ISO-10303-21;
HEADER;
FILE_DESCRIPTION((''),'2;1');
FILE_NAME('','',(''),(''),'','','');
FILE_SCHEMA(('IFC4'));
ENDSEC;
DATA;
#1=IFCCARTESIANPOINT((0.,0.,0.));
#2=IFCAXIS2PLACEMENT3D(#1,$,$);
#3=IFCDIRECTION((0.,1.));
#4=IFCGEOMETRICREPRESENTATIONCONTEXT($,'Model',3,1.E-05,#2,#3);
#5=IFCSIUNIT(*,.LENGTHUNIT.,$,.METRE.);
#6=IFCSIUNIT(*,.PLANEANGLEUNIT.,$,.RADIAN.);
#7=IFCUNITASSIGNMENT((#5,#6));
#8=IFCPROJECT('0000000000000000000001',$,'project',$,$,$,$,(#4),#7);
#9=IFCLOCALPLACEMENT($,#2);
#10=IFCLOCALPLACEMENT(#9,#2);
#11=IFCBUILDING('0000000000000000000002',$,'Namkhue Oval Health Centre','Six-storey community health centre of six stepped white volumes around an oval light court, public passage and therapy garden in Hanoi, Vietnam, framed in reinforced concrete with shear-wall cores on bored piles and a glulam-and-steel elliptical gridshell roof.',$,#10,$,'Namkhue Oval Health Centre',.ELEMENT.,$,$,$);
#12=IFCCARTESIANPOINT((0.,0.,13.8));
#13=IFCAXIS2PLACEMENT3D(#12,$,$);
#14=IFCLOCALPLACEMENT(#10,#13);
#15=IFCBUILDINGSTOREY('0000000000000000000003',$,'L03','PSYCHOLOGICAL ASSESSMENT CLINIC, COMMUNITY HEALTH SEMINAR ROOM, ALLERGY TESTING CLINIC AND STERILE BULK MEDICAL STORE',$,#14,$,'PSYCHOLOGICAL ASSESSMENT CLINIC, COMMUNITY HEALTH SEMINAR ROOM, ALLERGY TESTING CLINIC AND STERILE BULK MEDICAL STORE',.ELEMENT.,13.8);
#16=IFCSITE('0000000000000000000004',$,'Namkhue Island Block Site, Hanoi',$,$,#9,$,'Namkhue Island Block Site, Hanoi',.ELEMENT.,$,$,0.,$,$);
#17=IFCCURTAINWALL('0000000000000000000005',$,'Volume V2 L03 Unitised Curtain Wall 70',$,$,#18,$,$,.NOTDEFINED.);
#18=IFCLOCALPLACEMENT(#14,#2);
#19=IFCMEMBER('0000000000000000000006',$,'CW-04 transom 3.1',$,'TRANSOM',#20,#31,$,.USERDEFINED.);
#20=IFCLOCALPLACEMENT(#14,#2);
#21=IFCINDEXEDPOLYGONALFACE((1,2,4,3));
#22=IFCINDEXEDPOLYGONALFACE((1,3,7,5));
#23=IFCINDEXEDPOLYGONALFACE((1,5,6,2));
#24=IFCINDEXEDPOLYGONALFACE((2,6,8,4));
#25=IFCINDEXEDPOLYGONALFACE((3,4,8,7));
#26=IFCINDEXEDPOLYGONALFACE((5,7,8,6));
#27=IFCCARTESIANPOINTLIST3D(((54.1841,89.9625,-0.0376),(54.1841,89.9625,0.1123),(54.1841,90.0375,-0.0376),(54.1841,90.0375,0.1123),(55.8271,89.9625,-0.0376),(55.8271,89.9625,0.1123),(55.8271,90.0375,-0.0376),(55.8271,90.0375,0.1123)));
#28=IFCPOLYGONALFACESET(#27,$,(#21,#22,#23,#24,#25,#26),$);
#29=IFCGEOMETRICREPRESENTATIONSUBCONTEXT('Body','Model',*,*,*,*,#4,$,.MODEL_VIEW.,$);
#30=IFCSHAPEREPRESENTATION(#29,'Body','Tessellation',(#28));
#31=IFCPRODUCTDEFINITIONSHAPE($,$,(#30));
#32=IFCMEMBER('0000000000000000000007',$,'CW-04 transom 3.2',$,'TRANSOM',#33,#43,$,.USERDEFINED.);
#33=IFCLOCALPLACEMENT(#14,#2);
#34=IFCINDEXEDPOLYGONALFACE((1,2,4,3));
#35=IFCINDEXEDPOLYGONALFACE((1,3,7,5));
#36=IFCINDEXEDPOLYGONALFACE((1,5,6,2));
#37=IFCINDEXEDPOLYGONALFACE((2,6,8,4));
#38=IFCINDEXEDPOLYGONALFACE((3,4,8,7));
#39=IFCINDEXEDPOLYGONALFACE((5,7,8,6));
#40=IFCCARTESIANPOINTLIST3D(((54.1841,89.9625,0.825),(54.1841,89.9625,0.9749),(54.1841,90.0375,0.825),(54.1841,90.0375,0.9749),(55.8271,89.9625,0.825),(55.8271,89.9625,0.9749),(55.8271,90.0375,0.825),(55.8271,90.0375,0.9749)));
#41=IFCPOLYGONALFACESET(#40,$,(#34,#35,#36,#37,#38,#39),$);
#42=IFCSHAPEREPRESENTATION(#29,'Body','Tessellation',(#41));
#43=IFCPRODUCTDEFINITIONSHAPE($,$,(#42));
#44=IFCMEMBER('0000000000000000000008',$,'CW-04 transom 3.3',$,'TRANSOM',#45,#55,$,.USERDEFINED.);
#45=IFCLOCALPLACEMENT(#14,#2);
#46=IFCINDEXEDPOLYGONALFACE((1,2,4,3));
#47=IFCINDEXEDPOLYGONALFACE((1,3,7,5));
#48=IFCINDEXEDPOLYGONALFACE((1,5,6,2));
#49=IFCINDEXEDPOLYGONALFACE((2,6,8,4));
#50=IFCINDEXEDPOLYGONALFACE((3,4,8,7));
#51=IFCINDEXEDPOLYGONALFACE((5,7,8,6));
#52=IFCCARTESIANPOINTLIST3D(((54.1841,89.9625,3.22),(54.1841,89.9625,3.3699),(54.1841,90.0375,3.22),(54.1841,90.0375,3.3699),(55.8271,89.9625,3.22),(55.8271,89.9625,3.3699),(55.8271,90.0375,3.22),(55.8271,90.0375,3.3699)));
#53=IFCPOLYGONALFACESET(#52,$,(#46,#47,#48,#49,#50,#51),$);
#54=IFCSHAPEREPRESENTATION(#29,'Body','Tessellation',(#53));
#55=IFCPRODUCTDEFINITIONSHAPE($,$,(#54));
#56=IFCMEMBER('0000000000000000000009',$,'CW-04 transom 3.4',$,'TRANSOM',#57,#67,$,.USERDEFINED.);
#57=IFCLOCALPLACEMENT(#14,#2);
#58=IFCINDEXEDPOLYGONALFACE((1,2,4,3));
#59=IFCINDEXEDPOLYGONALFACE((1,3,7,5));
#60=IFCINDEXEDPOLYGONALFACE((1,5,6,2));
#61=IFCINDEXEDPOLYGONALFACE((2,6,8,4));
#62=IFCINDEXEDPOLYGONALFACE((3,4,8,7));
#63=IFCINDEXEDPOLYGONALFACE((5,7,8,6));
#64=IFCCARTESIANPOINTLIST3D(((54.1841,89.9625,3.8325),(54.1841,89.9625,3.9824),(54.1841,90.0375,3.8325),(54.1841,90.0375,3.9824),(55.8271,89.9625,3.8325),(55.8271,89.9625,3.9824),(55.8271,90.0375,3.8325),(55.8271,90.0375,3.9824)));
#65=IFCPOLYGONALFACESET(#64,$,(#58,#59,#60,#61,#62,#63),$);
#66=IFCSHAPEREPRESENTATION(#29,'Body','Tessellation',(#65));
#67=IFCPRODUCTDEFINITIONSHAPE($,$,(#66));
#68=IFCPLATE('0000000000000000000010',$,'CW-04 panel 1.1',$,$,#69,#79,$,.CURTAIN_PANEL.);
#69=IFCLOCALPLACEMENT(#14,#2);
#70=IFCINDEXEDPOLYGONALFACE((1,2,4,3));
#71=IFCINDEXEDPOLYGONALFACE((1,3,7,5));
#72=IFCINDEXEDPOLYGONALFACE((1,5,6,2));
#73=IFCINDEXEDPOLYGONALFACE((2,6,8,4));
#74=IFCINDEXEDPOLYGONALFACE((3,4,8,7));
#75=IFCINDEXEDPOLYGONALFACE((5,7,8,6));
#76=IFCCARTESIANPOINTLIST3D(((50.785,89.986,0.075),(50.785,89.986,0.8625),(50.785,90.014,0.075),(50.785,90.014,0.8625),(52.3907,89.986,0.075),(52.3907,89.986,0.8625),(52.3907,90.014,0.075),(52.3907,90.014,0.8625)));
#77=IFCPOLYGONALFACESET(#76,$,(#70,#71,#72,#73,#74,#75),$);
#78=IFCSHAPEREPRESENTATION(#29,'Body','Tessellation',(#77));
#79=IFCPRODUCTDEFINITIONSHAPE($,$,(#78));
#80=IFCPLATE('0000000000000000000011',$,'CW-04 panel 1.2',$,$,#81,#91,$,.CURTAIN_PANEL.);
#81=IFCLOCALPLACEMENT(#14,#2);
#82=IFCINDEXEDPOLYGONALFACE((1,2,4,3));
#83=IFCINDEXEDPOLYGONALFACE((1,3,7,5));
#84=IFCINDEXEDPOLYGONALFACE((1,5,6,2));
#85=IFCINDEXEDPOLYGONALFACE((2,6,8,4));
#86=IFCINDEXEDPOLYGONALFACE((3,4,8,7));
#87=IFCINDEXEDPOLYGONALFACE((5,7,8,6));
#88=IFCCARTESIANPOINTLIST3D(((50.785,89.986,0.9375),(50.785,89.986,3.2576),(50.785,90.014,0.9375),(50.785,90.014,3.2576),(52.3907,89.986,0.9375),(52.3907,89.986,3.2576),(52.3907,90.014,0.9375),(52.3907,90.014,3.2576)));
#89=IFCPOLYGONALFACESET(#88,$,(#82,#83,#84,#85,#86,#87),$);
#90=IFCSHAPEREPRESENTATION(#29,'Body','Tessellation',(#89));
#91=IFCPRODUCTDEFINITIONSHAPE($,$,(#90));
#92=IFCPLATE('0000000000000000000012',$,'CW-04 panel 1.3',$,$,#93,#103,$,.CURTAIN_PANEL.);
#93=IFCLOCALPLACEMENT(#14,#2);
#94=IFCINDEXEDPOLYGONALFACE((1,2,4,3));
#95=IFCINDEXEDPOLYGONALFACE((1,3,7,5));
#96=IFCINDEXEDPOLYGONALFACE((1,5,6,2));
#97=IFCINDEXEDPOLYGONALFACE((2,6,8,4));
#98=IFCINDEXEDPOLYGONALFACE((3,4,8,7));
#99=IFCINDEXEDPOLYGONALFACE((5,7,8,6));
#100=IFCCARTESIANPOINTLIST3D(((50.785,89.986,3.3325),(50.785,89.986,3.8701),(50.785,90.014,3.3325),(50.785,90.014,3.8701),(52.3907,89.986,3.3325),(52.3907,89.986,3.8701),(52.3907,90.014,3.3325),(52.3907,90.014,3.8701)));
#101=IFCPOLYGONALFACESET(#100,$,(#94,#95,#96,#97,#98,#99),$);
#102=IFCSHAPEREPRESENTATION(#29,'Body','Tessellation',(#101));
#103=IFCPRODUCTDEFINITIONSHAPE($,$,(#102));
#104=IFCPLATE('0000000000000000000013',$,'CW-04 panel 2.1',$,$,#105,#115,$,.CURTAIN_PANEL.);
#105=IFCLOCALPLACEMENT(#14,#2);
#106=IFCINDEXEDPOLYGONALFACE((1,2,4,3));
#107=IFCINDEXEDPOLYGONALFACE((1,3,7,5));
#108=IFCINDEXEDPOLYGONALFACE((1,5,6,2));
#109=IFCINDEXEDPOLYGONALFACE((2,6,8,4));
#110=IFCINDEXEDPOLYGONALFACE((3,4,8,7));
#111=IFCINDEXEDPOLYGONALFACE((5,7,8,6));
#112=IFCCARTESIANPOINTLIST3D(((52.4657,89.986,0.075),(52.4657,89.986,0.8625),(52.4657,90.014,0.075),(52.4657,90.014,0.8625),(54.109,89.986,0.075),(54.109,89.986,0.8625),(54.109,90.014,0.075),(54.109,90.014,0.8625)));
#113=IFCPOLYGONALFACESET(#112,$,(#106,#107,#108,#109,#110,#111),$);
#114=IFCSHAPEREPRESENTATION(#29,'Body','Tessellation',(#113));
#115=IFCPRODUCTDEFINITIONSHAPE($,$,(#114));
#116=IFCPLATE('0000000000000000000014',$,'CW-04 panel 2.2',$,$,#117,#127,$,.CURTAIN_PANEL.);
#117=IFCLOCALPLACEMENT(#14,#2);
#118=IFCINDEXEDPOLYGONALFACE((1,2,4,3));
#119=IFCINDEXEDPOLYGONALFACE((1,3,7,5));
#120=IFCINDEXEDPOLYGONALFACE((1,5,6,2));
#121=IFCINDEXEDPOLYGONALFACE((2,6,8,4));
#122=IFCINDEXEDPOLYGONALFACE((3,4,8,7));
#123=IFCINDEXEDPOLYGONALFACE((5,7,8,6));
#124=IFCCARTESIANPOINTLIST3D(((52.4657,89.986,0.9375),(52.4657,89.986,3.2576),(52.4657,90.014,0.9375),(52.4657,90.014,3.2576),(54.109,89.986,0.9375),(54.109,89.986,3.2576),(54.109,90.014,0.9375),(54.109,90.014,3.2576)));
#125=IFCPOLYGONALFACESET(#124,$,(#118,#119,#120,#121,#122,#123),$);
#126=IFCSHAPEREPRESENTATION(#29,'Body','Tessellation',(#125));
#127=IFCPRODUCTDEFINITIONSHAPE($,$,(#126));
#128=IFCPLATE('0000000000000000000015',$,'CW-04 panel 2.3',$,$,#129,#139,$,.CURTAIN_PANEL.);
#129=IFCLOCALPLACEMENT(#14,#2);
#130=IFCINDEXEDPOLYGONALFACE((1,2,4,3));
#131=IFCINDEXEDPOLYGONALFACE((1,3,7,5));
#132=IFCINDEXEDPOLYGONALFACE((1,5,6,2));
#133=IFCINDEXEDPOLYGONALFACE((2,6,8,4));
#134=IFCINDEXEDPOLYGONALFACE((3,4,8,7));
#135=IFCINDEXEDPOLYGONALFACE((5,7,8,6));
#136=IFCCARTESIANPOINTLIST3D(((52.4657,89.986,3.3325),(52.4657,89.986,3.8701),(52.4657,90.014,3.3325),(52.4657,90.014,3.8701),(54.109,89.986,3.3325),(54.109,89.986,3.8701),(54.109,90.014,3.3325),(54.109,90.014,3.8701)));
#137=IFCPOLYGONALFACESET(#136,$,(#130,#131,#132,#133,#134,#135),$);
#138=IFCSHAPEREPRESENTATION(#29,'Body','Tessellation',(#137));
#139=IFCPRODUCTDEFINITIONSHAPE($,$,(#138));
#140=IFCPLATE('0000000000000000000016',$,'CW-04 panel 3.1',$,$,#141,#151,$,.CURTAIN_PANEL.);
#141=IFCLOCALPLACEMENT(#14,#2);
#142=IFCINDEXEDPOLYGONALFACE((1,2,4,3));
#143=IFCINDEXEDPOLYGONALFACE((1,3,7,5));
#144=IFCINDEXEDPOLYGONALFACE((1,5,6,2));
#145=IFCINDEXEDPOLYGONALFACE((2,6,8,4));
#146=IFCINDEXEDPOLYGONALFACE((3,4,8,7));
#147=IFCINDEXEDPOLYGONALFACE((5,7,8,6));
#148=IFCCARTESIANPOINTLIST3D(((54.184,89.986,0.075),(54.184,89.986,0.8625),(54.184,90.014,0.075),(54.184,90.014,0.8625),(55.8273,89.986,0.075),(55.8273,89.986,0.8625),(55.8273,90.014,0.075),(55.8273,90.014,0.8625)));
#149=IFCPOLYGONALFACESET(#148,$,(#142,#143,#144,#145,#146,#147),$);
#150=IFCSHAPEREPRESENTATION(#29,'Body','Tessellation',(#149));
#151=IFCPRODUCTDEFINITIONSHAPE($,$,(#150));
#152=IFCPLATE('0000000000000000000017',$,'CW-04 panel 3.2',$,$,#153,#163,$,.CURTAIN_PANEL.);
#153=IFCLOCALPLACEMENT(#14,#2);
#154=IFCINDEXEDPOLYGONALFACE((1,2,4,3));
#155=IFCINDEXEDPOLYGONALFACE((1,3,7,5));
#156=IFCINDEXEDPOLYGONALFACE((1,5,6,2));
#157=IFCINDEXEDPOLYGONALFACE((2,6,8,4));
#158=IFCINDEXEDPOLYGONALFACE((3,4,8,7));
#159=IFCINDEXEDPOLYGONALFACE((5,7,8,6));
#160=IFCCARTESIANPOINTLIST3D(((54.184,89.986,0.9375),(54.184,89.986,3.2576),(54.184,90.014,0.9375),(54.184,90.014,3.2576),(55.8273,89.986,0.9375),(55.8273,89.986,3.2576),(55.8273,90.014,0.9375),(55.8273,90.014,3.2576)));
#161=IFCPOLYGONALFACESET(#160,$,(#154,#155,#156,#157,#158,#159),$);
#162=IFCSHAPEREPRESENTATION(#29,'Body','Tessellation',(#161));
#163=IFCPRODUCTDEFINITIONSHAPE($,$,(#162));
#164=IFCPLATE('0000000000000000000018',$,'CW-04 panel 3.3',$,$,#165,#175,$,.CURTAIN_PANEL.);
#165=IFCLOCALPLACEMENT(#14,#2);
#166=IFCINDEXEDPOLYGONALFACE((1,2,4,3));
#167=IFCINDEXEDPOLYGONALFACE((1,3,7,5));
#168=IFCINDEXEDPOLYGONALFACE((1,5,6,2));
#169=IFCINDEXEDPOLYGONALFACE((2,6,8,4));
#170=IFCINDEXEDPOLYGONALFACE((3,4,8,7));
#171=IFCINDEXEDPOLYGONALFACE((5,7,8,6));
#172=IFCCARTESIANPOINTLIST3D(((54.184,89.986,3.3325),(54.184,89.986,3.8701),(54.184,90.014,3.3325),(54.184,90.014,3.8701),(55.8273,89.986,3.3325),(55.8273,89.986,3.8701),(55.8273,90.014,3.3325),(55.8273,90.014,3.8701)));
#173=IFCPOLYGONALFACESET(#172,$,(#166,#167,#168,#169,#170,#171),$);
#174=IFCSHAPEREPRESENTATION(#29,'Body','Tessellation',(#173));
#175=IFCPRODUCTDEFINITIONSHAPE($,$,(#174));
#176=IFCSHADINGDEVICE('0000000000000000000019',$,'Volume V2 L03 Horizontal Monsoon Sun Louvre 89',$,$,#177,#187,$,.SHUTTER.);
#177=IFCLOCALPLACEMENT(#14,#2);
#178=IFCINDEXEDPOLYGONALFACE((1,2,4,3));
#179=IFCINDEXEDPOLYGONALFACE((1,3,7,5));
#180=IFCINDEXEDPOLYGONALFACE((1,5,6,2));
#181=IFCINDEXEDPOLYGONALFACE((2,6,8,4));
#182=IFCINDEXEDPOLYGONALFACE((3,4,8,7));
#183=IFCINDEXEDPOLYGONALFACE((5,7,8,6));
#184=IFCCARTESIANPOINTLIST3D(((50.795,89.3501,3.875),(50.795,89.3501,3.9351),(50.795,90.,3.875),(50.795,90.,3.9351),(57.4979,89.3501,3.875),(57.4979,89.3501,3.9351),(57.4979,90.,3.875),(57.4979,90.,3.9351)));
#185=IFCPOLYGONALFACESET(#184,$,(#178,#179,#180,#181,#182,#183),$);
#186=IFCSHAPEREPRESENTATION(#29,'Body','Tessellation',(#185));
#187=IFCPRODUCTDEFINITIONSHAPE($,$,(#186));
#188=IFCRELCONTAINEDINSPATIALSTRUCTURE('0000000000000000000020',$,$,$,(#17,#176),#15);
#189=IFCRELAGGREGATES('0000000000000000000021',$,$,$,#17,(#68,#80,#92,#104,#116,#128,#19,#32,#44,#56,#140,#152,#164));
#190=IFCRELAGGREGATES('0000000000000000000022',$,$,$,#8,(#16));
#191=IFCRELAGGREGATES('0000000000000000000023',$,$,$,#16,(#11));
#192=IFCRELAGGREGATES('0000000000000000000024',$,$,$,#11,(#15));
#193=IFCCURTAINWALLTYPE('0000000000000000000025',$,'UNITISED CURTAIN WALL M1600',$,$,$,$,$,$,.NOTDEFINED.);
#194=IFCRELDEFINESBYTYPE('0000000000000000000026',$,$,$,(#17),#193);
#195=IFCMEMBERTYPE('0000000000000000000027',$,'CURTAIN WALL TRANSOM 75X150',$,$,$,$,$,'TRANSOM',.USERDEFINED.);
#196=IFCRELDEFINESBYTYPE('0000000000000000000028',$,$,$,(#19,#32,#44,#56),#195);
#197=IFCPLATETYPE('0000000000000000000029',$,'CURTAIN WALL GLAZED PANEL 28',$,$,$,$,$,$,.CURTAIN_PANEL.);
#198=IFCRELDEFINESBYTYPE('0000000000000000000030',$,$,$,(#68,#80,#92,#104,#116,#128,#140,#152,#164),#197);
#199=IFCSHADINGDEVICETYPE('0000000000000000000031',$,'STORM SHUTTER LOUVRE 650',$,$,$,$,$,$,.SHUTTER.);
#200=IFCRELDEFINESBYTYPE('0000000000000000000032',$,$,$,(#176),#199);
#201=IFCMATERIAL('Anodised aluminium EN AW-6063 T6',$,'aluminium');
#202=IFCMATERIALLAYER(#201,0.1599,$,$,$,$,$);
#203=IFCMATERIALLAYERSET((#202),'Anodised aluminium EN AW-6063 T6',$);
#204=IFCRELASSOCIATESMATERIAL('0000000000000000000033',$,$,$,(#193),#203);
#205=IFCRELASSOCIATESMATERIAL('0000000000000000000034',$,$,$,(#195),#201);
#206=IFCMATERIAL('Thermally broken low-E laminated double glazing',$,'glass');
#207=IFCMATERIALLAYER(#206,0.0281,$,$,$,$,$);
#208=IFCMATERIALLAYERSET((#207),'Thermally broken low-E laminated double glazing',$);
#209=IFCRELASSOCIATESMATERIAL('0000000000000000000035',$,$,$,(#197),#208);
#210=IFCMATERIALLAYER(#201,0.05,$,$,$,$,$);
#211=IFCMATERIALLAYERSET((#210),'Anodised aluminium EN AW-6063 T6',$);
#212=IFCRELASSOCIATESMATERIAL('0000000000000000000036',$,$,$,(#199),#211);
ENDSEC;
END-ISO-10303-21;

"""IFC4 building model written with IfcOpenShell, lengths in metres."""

from ifc_helpers import new_model, si_unit, direction, frame, origin, origin_2d, place, context, subcontext, project, spatial, rectangle, extrude, material, layer, layer_set, material_profile, profile_set, type_object, element, aggregate, save


model = new_model("IFC4")

# Units and contexts
model_context = context("Model", 3, precision=1e-05, world=origin(), true_north=direction((0.0, 1.0)))
body_context = subcontext(model_context, "Body", "Model", "MODEL_VIEW")
ifc_project = project(units=[si_unit("LENGTHUNIT", "METRE"), si_unit("PLANEANGLEUNIT", "RADIAN")], contexts=[model_context])

# Site, building, storey
site_placement = place(None, origin())
site = spatial("IfcSite", under=ifc_project, at=site_placement, Name="Namkhue Island Block Site, Hanoi", LongName="Namkhue Island Block Site, Hanoi", CompositionType="ELEMENT", RefElevation=0.0)
building_placement = place(site_placement, origin())
building = spatial("IfcBuilding", under=site, at=building_placement, Name="Namkhue Oval Health Centre", Description="Six-storey community health centre of six stepped white volumes around an oval light court, public passage and therapy garden in Hanoi, Vietnam, framed in reinforced concrete with shear-wall cores on bored piles and a glulam-and-steel elliptical gridshell roof.", LongName="Namkhue Oval Health Centre", CompositionType="ELEMENT")
storey_placement = place(building_placement, frame((0.0, 0.0, 13.8)))
storey = spatial("IfcBuildingStorey", under=building, at=storey_placement, Name="L03", Description="PSYCHOLOGICAL ASSESSMENT CLINIC, COMMUNITY HEALTH SEMINAR ROOM, ALLERGY TESTING CLINIC AND STERILE BULK MEDICAL STORE", LongName="PSYCHOLOGICAL ASSESSMENT CLINIC, COMMUNITY HEALTH SEMINAR ROOM, ALLERGY TESTING CLINIC AND STERILE BULK MEDICAL STORE", CompositionType="ELEMENT", Elevation=13.8)

# Curtain wall, members, plates
ifc_material_1 = material(Name="Anodised aluminium EN AW-6063 T6", Category="aluminium")
ifc_layer_1 = layer(ifc_material_1, 0.1599)
ifc_layer_set_1 = layer_set([ifc_layer_1], Name="Anodised aluminium EN AW-6063 T6")
curtain_wall_type = type_object("IfcCurtainWallType", Name="UNITISED CURTAIN WALL M1600", PredefinedType="NOTDEFINED", material=ifc_layer_set_1)
curtain_wall_placement = place(storey_placement, origin())
curtain_wall = element("IfcCurtainWall", 1, at=curtain_wall_placement, inside=storey, type_object=curtain_wall_type, Name="Volume V2 L03 Unitised Curtain Wall 70", PredefinedType="NOTDEFINED")
ifc_material_profile_1 = material_profile(ifc_material_1, rectangle(XDim=0.075, YDim=0.1499, at=origin_2d()), Name="ALU 75x150")
ifc_profile_set_1 = profile_set([ifc_material_profile_1], Name="Anodised aluminium EN AW-6063 T6")
member_type_1 = type_object("IfcMemberType", Name="CURTAIN WALL TRANSOM 75X150", ElementType="TRANSOM", PredefinedType="USERDEFINED", material=ifc_profile_set_1)
member_1_placement = place(storey_placement, frame((54.1841, 90.0, 0.0374), z_axis=(1.0, 0.0, 0.0), x_axis=(0.0, 1.0, 0.0)))
member_1 = element("IfcMember", 2, at=member_1_placement, type_object=member_type_1, Name="CW-04 transom 3.1", ObjectType="TRANSOM", PredefinedType="USERDEFINED", context=body_context, shape_type="SweptSolid", body=[
    extrude(rectangle(XDim=0.075, YDim=0.1499, at=origin_2d()), origin(), (0.0, 0.0, 1.0), 1.6431),
])
member_2_placement = place(storey_placement, frame((54.1841, 90.0, 0.8999), z_axis=(1.0, 0.0, 0.0), x_axis=(0.0, 1.0, 0.0)))
member_2 = element("IfcMember", 3, at=member_2_placement, type_object=member_type_1, Name="CW-04 transom 3.2", ObjectType="TRANSOM", PredefinedType="USERDEFINED", context=body_context, shape_type="SweptSolid", body=[
    extrude(rectangle(XDim=0.075, YDim=0.1499, at=origin_2d()), origin(), (0.0, 0.0, 1.0), 1.6431),
])
member_3_placement = place(storey_placement, frame((54.1841, 90.0, 3.2949), z_axis=(1.0, 0.0, 0.0), x_axis=(0.0, 1.0, 0.0)))
member_3 = element("IfcMember", 4, at=member_3_placement, type_object=member_type_1, Name="CW-04 transom 3.3", ObjectType="TRANSOM", PredefinedType="USERDEFINED", context=body_context, shape_type="SweptSolid", body=[
    extrude(rectangle(XDim=0.075, YDim=0.1499, at=origin_2d()), origin(), (0.0, 0.0, 1.0), 1.6431),
])
member_4_placement = place(storey_placement, frame((54.1841, 90.0, 3.9075), z_axis=(1.0, 0.0, 0.0), x_axis=(0.0, 1.0, 0.0)))
member_4 = element("IfcMember", 5, at=member_4_placement, type_object=member_type_1, Name="CW-04 transom 3.4", ObjectType="TRANSOM", PredefinedType="USERDEFINED", context=body_context, shape_type="SweptSolid", body=[
    extrude(rectangle(XDim=0.075, YDim=0.1499, at=origin_2d()), origin(), (0.0, 0.0, 1.0), 1.6431),
])
ifc_material_2 = material(Name="Thermally broken low-E laminated double glazing", Category="glass")
ifc_layer_2 = layer(ifc_material_2, 0.0281)
ifc_layer_set_2 = layer_set([ifc_layer_2], Name="Thermally broken low-E laminated double glazing")
plate_type = type_object("IfcPlateType", Name="CURTAIN WALL GLAZED PANEL 28", PredefinedType="CURTAIN_PANEL", material=ifc_layer_set_2)
plate_1_placement = place(storey_placement, frame((51.5879, 90.0, 0.075), z_axis=(0.0, 0.0, 1.0), x_axis=(1.0, 0.0, 0.0)))
plate_1 = element("IfcPlate", 6, at=plate_1_placement, type_object=plate_type, Name="CW-04 panel 1.1", PredefinedType="CURTAIN_PANEL", context=body_context, shape_type="SweptSolid", body=[
    extrude(rectangle(XDim=1.6057, YDim=0.0281, at=origin_2d()), origin(), (0.0, 0.0, 1.0), 0.7876),
])
plate_2_placement = place(storey_placement, frame((51.5879, 90.0, 0.9375), z_axis=(0.0, 0.0, 1.0), x_axis=(1.0, 0.0, 0.0)))
plate_2 = element("IfcPlate", 7, at=plate_2_placement, type_object=plate_type, Name="CW-04 panel 1.2", PredefinedType="CURTAIN_PANEL", context=body_context, shape_type="SweptSolid", body=[
    extrude(rectangle(XDim=1.6057, YDim=0.0281, at=origin_2d()), origin(), (0.0, 0.0, 1.0), 2.3201),
])
plate_3_placement = place(storey_placement, frame((51.5879, 90.0, 3.3325), z_axis=(0.0, 0.0, 1.0), x_axis=(1.0, 0.0, 0.0)))
plate_3 = element("IfcPlate", 8, at=plate_3_placement, type_object=plate_type, Name="CW-04 panel 1.3", PredefinedType="CURTAIN_PANEL", context=body_context, shape_type="SweptSolid", body=[
    extrude(rectangle(XDim=1.6057, YDim=0.0281, at=origin_2d()), origin(), (0.0, 0.0, 1.0), 0.5376),
])
plate_4_placement = place(storey_placement, frame((53.2874, 90.0, 0.075), z_axis=(0.0, 0.0, 1.0), x_axis=(1.0, 0.0, 0.0)))
plate_4 = element("IfcPlate", 9, at=plate_4_placement, type_object=plate_type, Name="CW-04 panel 2.1", PredefinedType="CURTAIN_PANEL", context=body_context, shape_type="SweptSolid", body=[
    extrude(rectangle(XDim=1.6433, YDim=0.0281, at=origin_2d()), origin(), (0.0, 0.0, 1.0), 0.7876),
])
plate_5_placement = place(storey_placement, frame((53.2874, 90.0, 0.9375), z_axis=(0.0, 0.0, 1.0), x_axis=(1.0, 0.0, 0.0)))
plate_5 = element("IfcPlate", 10, at=plate_5_placement, type_object=plate_type, Name="CW-04 panel 2.2", PredefinedType="CURTAIN_PANEL", context=body_context, shape_type="SweptSolid", body=[
    extrude(rectangle(XDim=1.6433, YDim=0.0281, at=origin_2d()), origin(), (0.0, 0.0, 1.0), 2.3201),
])
plate_6_placement = place(storey_placement, frame((53.2874, 90.0, 3.3325), z_axis=(0.0, 0.0, 1.0), x_axis=(1.0, 0.0, 0.0)))
plate_6 = element("IfcPlate", 11, at=plate_6_placement, type_object=plate_type, Name="CW-04 panel 2.3", PredefinedType="CURTAIN_PANEL", context=body_context, shape_type="SweptSolid", body=[
    extrude(rectangle(XDim=1.6433, YDim=0.0281, at=origin_2d()), origin(), (0.0, 0.0, 1.0), 0.5376),
])
plate_7_placement = place(storey_placement, frame((55.0056, 90.0, 0.075), z_axis=(0.0, 0.0, 1.0), x_axis=(1.0, 0.0, 0.0)))
plate_7 = element("IfcPlate", 12, at=plate_7_placement, type_object=plate_type, Name="CW-04 panel 3.1", PredefinedType="CURTAIN_PANEL", context=body_context, shape_type="SweptSolid", body=[
    extrude(rectangle(XDim=1.6433, YDim=0.0281, at=origin_2d()), origin(), (0.0, 0.0, 1.0), 0.7876),
])
plate_8_placement = place(storey_placement, frame((55.0056, 90.0, 0.9375), z_axis=(0.0, 0.0, 1.0), x_axis=(1.0, 0.0, 0.0)))
plate_8 = element("IfcPlate", 13, at=plate_8_placement, type_object=plate_type, Name="CW-04 panel 3.2", PredefinedType="CURTAIN_PANEL", context=body_context, shape_type="SweptSolid", body=[
    extrude(rectangle(XDim=1.6433, YDim=0.0281, at=origin_2d()), origin(), (0.0, 0.0, 1.0), 2.3201),
])
plate_9_placement = place(storey_placement, frame((55.0056, 90.0, 3.3325), z_axis=(0.0, 0.0, 1.0), x_axis=(1.0, 0.0, 0.0)))
plate_9 = element("IfcPlate", 14, at=plate_9_placement, type_object=plate_type, Name="CW-04 panel 3.3", PredefinedType="CURTAIN_PANEL", context=body_context, shape_type="SweptSolid", body=[
    extrude(rectangle(XDim=1.6433, YDim=0.0281, at=origin_2d()), origin(), (0.0, 0.0, 1.0), 0.5376),
])
aggregate(curtain_wall, [plate_1, plate_2, plate_3, plate_4, plate_5, plate_6, member_1, member_2, member_3, member_4, plate_7, plate_8, plate_9])

# Shading device
ifc_layer_3 = layer(ifc_material_1, 0.05)
ifc_layer_set_3 = layer_set([ifc_layer_3], Name="Anodised aluminium EN AW-6063 T6")
shading_device_type = type_object("IfcShadingDeviceType", Name="STORM SHUTTER LOUVRE 650", PredefinedType="SHUTTER", material=ifc_layer_set_3)
shading_device_placement = place(storey_placement, frame((54.1465, 89.675, 3.875), z_axis=(0.0, 0.0, 1.0), x_axis=(1.0, 0.0, 0.0)))
element("IfcShadingDevice", 15, at=shading_device_placement, inside=storey, type_object=shading_device_type, Name="Volume V2 L03 Horizontal Monsoon Sun Louvre 89", PredefinedType="SHUTTER", context=body_context, shape_type="SweptSolid", body=[
    extrude(rectangle(XDim=6.7029, YDim=0.6499, at=origin_2d()), origin(), (0.0, 0.0, 1.0), 0.0601),
])

save(model, "model.ifc")
